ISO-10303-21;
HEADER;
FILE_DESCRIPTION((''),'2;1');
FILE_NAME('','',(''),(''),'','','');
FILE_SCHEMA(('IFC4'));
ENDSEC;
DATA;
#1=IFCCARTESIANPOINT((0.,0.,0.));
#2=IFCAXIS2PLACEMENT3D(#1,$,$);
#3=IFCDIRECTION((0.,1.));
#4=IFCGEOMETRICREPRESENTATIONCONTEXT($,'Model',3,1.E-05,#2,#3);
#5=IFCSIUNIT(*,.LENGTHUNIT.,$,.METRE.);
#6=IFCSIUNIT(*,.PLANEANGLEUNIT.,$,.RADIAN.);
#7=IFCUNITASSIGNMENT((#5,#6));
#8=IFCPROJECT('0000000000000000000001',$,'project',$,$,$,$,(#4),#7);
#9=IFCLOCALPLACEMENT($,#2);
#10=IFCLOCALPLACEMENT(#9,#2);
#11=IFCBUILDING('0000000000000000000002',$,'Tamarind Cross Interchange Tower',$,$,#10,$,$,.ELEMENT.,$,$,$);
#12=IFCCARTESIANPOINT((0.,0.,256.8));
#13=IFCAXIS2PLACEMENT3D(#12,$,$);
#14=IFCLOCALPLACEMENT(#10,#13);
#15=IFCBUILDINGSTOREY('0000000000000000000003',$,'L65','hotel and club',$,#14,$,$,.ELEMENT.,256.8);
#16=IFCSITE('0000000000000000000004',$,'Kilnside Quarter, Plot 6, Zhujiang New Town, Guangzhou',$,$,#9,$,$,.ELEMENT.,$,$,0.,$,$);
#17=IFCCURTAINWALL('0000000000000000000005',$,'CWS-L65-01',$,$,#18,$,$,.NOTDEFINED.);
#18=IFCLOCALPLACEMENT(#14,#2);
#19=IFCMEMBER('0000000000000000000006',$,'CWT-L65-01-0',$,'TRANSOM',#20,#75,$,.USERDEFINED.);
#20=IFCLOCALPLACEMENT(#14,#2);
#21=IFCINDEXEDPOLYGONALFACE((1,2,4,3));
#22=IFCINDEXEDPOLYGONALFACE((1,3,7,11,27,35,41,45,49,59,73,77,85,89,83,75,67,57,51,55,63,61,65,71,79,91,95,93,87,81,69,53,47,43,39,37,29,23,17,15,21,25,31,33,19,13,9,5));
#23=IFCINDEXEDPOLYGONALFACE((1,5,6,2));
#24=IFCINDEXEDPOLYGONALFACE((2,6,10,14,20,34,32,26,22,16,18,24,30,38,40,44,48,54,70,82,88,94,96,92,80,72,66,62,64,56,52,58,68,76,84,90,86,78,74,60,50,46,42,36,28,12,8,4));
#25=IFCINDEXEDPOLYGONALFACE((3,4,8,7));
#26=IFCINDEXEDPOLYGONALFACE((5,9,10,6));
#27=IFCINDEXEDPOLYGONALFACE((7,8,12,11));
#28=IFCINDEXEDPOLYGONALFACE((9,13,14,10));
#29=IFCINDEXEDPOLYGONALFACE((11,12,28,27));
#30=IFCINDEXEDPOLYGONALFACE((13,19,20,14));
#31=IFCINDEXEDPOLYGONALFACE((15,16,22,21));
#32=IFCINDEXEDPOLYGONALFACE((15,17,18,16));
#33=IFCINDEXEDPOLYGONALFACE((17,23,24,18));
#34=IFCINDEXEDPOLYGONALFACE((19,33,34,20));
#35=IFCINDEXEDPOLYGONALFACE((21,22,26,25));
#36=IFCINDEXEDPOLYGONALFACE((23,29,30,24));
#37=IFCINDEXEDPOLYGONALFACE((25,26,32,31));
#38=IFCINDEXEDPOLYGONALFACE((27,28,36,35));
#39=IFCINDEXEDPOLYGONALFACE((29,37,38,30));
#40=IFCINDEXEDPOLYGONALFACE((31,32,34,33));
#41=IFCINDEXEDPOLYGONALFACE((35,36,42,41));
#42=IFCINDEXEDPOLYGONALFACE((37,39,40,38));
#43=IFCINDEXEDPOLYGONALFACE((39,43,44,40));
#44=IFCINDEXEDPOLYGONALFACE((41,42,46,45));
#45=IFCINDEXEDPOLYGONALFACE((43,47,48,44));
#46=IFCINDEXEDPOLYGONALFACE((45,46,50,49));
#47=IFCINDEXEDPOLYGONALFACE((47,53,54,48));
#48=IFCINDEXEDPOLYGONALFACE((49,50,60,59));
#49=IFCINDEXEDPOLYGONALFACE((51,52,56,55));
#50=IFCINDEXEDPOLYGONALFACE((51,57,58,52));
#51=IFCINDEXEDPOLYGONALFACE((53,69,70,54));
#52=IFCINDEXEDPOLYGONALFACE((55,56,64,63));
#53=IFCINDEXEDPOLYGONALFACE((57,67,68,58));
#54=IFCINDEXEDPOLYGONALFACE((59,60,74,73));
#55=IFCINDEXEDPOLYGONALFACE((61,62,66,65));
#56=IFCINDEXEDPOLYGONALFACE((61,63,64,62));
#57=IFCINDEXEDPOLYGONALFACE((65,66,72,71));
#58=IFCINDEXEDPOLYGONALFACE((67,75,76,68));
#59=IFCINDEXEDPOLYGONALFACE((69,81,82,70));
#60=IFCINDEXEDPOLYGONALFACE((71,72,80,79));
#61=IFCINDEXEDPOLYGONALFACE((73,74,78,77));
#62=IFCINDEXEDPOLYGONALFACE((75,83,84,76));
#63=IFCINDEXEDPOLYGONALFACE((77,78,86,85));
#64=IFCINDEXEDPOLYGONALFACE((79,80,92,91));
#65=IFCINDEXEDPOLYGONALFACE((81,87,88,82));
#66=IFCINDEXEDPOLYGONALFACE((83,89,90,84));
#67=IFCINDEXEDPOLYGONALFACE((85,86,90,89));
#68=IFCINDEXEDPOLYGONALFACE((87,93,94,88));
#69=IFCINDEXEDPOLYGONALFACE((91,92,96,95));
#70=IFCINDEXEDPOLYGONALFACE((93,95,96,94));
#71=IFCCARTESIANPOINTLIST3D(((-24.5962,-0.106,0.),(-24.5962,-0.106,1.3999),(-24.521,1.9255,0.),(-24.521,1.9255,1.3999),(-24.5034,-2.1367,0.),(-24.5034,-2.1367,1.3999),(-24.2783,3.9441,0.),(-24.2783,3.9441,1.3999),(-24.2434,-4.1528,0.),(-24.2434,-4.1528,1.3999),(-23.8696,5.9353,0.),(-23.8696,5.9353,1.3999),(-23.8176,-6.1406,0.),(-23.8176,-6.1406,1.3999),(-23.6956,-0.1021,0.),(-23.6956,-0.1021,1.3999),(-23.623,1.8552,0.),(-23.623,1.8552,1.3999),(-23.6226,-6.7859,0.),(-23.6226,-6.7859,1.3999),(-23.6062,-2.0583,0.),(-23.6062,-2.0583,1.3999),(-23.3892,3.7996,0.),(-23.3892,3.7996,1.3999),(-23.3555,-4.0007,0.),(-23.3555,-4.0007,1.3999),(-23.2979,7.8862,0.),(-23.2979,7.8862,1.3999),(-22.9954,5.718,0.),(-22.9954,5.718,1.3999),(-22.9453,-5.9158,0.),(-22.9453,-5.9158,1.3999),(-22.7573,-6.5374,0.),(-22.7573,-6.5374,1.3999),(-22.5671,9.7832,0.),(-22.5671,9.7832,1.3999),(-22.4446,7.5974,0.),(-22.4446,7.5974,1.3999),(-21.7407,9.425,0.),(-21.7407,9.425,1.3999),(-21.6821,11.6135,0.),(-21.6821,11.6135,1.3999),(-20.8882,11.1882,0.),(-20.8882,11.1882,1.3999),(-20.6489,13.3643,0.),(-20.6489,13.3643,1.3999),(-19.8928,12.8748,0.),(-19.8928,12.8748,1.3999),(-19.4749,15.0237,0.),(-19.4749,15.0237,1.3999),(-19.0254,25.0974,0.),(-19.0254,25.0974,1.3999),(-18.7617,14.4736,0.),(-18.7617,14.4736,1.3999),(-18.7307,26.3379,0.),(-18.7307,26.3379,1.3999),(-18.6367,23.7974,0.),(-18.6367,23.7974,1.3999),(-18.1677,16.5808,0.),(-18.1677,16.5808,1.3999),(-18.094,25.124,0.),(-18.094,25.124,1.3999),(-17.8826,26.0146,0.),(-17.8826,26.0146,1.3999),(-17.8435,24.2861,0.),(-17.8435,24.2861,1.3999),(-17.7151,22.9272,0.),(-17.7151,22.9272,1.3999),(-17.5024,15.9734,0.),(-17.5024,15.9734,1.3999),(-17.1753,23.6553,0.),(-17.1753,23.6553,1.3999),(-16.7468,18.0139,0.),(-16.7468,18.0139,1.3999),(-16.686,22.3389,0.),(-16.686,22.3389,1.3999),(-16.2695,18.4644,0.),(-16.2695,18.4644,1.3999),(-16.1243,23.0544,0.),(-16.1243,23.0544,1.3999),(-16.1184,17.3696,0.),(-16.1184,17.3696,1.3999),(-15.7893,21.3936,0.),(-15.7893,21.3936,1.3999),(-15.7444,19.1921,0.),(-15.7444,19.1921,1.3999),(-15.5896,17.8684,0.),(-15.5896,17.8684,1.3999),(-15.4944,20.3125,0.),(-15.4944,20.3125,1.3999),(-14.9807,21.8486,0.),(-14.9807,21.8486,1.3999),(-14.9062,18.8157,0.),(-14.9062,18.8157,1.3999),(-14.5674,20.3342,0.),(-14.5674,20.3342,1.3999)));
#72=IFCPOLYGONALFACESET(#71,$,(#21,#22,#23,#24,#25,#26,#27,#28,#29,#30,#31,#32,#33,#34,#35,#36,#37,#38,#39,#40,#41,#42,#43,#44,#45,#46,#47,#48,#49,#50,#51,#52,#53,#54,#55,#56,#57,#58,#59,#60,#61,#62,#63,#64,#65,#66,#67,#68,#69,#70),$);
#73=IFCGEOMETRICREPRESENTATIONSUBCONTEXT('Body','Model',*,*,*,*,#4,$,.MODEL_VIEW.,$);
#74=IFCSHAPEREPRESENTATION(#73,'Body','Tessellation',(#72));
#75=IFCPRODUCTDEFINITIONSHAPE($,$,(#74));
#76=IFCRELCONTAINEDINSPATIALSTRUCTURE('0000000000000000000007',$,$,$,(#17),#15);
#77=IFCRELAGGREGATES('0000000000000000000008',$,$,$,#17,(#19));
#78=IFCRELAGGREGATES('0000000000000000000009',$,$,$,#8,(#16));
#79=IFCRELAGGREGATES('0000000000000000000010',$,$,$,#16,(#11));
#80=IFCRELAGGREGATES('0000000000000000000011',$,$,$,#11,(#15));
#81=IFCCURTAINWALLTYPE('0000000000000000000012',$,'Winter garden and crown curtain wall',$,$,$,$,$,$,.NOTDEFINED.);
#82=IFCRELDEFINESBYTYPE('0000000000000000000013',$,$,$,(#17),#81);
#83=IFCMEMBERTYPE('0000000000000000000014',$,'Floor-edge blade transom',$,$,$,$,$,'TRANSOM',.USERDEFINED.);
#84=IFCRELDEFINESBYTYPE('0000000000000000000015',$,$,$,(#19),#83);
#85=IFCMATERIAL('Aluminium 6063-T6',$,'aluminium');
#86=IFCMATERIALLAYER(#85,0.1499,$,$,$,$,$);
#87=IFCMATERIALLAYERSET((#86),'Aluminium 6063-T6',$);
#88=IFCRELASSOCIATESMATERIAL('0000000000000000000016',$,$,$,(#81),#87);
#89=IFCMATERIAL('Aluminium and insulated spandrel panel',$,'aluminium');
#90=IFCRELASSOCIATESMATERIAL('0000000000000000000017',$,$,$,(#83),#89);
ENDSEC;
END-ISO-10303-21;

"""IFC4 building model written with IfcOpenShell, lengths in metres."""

from ifc_helpers import new_model, si_unit, direction, frame, origin, place, context, subcontext, project, spatial, polyline, outline, extrude, material, layer, layer_set, type_object, element, aggregate, save


model = new_model("IFC4")

# Units and contexts
model_context = context("Model", 3, precision=1e-05, world=origin(), true_north=direction((0.0, 1.0)))
body_context = subcontext(model_context, "Body", "Model", "MODEL_VIEW")
ifc_project = project(units=[si_unit("LENGTHUNIT", "METRE"), si_unit("PLANEANGLEUNIT", "RADIAN")], contexts=[model_context])

# Site, building, storey
site_placement = place(None, origin())
site = spatial("IfcSite", under=ifc_project, at=site_placement, Name="Kilnside Quarter, Plot 6, Zhujiang New Town, Guangzhou", CompositionType="ELEMENT", RefElevation=0.0)
building_placement = place(site_placement, origin())
building = spatial("IfcBuilding", under=site, at=building_placement, Name="Tamarind Cross Interchange Tower", CompositionType="ELEMENT")
storey_placement = place(building_placement, frame((0.0, 0.0, 256.8)))
storey = spatial("IfcBuildingStorey", under=building, at=storey_placement, Name="L65", Description="hotel and club", CompositionType="ELEMENT", Elevation=256.8)

# Curtain wall, member
ifc_material_1 = material(Name="Aluminium 6063-T6", Category="aluminium")
ifc_layer_1 = layer(ifc_material_1, 0.1499)
ifc_layer_set_1 = layer_set([ifc_layer_1], Name="Aluminium 6063-T6")
curtain_wall_type = type_object("IfcCurtainWallType", Name="Winter garden and crown curtain wall", PredefinedType="NOTDEFINED", material=ifc_layer_set_1)
curtain_wall_placement = place(storey_placement, origin())
curtain_wall = element("IfcCurtainWall", 1, at=curtain_wall_placement, inside=storey, type_object=curtain_wall_type, Name="CWS-L65-01", PredefinedType="NOTDEFINED")
ifc_material_2 = material(Name="Aluminium and insulated spandrel panel", Category="aluminium")
member_type = type_object("IfcMemberType", Name="Floor-edge blade transom", ElementType="TRANSOM", PredefinedType="USERDEFINED", material=ifc_material_2)
member_1_placement = place(storey_placement, origin())
member_1 = element("IfcMember", 2, at=member_1_placement, type_object=member_type, Name="CWT-L65-01-0", ObjectType="TRANSOM", PredefinedType="USERDEFINED", context=body_context, shape_type="SweptSolid", body=[
    extrude(outline(polyline([(-17.8826, 26.0146), (-18.094, 25.124), (-17.8435, 24.2861), (-17.1753, 23.6553), (-16.1243, 23.0544), (-14.9807, 21.8486), (-14.5674, 20.3342), (-14.9062, 18.8157), (-15.5896, 17.8684), (-16.1184, 17.3696), (-17.5024, 15.9734), (-18.7617, 14.4736), (-19.8928, 12.8748), (-20.8882, 11.1882), (-21.7407, 9.425), (-22.4446, 7.5974), (-22.9954, 5.718), (-23.3892, 3.7996), (-23.623, 1.8552), (-23.6956, -0.1021), (-23.6062, -2.0583), (-23.3555, -4.0007), (-22.9453, -5.9158), (-22.7573, -6.5374), (-23.6226, -6.7859), (-23.8176, -6.1406), (-24.2434, -4.1528), (-24.5034, -2.1367), (-24.5962, -0.106), (-24.521, 1.9255), (-24.2783, 3.9441), (-23.8696, 5.9353), (-23.2979, 7.8862), (-22.5671, 9.7832), (-21.6821, 11.6135), (-20.6489, 13.3643), (-19.4749, 15.0237), (-18.1677, 16.5808), (-16.7468, 18.0139), (-16.2695, 18.4644), (-15.7444, 19.1921), (-15.4944, 20.3125), (-15.7893, 21.3936), (-16.686, 22.3389), (-17.7151, 22.9272), (-18.6367, 23.7974), (-19.0254, 25.0974), (-18.7307, 26.3379), (-17.8826, 26.0146)])), origin(), (0.0, 0.0, 1.0), 1.3999),
])
aggregate(curtain_wall, [member_1])

save(model, "model.ifc")
